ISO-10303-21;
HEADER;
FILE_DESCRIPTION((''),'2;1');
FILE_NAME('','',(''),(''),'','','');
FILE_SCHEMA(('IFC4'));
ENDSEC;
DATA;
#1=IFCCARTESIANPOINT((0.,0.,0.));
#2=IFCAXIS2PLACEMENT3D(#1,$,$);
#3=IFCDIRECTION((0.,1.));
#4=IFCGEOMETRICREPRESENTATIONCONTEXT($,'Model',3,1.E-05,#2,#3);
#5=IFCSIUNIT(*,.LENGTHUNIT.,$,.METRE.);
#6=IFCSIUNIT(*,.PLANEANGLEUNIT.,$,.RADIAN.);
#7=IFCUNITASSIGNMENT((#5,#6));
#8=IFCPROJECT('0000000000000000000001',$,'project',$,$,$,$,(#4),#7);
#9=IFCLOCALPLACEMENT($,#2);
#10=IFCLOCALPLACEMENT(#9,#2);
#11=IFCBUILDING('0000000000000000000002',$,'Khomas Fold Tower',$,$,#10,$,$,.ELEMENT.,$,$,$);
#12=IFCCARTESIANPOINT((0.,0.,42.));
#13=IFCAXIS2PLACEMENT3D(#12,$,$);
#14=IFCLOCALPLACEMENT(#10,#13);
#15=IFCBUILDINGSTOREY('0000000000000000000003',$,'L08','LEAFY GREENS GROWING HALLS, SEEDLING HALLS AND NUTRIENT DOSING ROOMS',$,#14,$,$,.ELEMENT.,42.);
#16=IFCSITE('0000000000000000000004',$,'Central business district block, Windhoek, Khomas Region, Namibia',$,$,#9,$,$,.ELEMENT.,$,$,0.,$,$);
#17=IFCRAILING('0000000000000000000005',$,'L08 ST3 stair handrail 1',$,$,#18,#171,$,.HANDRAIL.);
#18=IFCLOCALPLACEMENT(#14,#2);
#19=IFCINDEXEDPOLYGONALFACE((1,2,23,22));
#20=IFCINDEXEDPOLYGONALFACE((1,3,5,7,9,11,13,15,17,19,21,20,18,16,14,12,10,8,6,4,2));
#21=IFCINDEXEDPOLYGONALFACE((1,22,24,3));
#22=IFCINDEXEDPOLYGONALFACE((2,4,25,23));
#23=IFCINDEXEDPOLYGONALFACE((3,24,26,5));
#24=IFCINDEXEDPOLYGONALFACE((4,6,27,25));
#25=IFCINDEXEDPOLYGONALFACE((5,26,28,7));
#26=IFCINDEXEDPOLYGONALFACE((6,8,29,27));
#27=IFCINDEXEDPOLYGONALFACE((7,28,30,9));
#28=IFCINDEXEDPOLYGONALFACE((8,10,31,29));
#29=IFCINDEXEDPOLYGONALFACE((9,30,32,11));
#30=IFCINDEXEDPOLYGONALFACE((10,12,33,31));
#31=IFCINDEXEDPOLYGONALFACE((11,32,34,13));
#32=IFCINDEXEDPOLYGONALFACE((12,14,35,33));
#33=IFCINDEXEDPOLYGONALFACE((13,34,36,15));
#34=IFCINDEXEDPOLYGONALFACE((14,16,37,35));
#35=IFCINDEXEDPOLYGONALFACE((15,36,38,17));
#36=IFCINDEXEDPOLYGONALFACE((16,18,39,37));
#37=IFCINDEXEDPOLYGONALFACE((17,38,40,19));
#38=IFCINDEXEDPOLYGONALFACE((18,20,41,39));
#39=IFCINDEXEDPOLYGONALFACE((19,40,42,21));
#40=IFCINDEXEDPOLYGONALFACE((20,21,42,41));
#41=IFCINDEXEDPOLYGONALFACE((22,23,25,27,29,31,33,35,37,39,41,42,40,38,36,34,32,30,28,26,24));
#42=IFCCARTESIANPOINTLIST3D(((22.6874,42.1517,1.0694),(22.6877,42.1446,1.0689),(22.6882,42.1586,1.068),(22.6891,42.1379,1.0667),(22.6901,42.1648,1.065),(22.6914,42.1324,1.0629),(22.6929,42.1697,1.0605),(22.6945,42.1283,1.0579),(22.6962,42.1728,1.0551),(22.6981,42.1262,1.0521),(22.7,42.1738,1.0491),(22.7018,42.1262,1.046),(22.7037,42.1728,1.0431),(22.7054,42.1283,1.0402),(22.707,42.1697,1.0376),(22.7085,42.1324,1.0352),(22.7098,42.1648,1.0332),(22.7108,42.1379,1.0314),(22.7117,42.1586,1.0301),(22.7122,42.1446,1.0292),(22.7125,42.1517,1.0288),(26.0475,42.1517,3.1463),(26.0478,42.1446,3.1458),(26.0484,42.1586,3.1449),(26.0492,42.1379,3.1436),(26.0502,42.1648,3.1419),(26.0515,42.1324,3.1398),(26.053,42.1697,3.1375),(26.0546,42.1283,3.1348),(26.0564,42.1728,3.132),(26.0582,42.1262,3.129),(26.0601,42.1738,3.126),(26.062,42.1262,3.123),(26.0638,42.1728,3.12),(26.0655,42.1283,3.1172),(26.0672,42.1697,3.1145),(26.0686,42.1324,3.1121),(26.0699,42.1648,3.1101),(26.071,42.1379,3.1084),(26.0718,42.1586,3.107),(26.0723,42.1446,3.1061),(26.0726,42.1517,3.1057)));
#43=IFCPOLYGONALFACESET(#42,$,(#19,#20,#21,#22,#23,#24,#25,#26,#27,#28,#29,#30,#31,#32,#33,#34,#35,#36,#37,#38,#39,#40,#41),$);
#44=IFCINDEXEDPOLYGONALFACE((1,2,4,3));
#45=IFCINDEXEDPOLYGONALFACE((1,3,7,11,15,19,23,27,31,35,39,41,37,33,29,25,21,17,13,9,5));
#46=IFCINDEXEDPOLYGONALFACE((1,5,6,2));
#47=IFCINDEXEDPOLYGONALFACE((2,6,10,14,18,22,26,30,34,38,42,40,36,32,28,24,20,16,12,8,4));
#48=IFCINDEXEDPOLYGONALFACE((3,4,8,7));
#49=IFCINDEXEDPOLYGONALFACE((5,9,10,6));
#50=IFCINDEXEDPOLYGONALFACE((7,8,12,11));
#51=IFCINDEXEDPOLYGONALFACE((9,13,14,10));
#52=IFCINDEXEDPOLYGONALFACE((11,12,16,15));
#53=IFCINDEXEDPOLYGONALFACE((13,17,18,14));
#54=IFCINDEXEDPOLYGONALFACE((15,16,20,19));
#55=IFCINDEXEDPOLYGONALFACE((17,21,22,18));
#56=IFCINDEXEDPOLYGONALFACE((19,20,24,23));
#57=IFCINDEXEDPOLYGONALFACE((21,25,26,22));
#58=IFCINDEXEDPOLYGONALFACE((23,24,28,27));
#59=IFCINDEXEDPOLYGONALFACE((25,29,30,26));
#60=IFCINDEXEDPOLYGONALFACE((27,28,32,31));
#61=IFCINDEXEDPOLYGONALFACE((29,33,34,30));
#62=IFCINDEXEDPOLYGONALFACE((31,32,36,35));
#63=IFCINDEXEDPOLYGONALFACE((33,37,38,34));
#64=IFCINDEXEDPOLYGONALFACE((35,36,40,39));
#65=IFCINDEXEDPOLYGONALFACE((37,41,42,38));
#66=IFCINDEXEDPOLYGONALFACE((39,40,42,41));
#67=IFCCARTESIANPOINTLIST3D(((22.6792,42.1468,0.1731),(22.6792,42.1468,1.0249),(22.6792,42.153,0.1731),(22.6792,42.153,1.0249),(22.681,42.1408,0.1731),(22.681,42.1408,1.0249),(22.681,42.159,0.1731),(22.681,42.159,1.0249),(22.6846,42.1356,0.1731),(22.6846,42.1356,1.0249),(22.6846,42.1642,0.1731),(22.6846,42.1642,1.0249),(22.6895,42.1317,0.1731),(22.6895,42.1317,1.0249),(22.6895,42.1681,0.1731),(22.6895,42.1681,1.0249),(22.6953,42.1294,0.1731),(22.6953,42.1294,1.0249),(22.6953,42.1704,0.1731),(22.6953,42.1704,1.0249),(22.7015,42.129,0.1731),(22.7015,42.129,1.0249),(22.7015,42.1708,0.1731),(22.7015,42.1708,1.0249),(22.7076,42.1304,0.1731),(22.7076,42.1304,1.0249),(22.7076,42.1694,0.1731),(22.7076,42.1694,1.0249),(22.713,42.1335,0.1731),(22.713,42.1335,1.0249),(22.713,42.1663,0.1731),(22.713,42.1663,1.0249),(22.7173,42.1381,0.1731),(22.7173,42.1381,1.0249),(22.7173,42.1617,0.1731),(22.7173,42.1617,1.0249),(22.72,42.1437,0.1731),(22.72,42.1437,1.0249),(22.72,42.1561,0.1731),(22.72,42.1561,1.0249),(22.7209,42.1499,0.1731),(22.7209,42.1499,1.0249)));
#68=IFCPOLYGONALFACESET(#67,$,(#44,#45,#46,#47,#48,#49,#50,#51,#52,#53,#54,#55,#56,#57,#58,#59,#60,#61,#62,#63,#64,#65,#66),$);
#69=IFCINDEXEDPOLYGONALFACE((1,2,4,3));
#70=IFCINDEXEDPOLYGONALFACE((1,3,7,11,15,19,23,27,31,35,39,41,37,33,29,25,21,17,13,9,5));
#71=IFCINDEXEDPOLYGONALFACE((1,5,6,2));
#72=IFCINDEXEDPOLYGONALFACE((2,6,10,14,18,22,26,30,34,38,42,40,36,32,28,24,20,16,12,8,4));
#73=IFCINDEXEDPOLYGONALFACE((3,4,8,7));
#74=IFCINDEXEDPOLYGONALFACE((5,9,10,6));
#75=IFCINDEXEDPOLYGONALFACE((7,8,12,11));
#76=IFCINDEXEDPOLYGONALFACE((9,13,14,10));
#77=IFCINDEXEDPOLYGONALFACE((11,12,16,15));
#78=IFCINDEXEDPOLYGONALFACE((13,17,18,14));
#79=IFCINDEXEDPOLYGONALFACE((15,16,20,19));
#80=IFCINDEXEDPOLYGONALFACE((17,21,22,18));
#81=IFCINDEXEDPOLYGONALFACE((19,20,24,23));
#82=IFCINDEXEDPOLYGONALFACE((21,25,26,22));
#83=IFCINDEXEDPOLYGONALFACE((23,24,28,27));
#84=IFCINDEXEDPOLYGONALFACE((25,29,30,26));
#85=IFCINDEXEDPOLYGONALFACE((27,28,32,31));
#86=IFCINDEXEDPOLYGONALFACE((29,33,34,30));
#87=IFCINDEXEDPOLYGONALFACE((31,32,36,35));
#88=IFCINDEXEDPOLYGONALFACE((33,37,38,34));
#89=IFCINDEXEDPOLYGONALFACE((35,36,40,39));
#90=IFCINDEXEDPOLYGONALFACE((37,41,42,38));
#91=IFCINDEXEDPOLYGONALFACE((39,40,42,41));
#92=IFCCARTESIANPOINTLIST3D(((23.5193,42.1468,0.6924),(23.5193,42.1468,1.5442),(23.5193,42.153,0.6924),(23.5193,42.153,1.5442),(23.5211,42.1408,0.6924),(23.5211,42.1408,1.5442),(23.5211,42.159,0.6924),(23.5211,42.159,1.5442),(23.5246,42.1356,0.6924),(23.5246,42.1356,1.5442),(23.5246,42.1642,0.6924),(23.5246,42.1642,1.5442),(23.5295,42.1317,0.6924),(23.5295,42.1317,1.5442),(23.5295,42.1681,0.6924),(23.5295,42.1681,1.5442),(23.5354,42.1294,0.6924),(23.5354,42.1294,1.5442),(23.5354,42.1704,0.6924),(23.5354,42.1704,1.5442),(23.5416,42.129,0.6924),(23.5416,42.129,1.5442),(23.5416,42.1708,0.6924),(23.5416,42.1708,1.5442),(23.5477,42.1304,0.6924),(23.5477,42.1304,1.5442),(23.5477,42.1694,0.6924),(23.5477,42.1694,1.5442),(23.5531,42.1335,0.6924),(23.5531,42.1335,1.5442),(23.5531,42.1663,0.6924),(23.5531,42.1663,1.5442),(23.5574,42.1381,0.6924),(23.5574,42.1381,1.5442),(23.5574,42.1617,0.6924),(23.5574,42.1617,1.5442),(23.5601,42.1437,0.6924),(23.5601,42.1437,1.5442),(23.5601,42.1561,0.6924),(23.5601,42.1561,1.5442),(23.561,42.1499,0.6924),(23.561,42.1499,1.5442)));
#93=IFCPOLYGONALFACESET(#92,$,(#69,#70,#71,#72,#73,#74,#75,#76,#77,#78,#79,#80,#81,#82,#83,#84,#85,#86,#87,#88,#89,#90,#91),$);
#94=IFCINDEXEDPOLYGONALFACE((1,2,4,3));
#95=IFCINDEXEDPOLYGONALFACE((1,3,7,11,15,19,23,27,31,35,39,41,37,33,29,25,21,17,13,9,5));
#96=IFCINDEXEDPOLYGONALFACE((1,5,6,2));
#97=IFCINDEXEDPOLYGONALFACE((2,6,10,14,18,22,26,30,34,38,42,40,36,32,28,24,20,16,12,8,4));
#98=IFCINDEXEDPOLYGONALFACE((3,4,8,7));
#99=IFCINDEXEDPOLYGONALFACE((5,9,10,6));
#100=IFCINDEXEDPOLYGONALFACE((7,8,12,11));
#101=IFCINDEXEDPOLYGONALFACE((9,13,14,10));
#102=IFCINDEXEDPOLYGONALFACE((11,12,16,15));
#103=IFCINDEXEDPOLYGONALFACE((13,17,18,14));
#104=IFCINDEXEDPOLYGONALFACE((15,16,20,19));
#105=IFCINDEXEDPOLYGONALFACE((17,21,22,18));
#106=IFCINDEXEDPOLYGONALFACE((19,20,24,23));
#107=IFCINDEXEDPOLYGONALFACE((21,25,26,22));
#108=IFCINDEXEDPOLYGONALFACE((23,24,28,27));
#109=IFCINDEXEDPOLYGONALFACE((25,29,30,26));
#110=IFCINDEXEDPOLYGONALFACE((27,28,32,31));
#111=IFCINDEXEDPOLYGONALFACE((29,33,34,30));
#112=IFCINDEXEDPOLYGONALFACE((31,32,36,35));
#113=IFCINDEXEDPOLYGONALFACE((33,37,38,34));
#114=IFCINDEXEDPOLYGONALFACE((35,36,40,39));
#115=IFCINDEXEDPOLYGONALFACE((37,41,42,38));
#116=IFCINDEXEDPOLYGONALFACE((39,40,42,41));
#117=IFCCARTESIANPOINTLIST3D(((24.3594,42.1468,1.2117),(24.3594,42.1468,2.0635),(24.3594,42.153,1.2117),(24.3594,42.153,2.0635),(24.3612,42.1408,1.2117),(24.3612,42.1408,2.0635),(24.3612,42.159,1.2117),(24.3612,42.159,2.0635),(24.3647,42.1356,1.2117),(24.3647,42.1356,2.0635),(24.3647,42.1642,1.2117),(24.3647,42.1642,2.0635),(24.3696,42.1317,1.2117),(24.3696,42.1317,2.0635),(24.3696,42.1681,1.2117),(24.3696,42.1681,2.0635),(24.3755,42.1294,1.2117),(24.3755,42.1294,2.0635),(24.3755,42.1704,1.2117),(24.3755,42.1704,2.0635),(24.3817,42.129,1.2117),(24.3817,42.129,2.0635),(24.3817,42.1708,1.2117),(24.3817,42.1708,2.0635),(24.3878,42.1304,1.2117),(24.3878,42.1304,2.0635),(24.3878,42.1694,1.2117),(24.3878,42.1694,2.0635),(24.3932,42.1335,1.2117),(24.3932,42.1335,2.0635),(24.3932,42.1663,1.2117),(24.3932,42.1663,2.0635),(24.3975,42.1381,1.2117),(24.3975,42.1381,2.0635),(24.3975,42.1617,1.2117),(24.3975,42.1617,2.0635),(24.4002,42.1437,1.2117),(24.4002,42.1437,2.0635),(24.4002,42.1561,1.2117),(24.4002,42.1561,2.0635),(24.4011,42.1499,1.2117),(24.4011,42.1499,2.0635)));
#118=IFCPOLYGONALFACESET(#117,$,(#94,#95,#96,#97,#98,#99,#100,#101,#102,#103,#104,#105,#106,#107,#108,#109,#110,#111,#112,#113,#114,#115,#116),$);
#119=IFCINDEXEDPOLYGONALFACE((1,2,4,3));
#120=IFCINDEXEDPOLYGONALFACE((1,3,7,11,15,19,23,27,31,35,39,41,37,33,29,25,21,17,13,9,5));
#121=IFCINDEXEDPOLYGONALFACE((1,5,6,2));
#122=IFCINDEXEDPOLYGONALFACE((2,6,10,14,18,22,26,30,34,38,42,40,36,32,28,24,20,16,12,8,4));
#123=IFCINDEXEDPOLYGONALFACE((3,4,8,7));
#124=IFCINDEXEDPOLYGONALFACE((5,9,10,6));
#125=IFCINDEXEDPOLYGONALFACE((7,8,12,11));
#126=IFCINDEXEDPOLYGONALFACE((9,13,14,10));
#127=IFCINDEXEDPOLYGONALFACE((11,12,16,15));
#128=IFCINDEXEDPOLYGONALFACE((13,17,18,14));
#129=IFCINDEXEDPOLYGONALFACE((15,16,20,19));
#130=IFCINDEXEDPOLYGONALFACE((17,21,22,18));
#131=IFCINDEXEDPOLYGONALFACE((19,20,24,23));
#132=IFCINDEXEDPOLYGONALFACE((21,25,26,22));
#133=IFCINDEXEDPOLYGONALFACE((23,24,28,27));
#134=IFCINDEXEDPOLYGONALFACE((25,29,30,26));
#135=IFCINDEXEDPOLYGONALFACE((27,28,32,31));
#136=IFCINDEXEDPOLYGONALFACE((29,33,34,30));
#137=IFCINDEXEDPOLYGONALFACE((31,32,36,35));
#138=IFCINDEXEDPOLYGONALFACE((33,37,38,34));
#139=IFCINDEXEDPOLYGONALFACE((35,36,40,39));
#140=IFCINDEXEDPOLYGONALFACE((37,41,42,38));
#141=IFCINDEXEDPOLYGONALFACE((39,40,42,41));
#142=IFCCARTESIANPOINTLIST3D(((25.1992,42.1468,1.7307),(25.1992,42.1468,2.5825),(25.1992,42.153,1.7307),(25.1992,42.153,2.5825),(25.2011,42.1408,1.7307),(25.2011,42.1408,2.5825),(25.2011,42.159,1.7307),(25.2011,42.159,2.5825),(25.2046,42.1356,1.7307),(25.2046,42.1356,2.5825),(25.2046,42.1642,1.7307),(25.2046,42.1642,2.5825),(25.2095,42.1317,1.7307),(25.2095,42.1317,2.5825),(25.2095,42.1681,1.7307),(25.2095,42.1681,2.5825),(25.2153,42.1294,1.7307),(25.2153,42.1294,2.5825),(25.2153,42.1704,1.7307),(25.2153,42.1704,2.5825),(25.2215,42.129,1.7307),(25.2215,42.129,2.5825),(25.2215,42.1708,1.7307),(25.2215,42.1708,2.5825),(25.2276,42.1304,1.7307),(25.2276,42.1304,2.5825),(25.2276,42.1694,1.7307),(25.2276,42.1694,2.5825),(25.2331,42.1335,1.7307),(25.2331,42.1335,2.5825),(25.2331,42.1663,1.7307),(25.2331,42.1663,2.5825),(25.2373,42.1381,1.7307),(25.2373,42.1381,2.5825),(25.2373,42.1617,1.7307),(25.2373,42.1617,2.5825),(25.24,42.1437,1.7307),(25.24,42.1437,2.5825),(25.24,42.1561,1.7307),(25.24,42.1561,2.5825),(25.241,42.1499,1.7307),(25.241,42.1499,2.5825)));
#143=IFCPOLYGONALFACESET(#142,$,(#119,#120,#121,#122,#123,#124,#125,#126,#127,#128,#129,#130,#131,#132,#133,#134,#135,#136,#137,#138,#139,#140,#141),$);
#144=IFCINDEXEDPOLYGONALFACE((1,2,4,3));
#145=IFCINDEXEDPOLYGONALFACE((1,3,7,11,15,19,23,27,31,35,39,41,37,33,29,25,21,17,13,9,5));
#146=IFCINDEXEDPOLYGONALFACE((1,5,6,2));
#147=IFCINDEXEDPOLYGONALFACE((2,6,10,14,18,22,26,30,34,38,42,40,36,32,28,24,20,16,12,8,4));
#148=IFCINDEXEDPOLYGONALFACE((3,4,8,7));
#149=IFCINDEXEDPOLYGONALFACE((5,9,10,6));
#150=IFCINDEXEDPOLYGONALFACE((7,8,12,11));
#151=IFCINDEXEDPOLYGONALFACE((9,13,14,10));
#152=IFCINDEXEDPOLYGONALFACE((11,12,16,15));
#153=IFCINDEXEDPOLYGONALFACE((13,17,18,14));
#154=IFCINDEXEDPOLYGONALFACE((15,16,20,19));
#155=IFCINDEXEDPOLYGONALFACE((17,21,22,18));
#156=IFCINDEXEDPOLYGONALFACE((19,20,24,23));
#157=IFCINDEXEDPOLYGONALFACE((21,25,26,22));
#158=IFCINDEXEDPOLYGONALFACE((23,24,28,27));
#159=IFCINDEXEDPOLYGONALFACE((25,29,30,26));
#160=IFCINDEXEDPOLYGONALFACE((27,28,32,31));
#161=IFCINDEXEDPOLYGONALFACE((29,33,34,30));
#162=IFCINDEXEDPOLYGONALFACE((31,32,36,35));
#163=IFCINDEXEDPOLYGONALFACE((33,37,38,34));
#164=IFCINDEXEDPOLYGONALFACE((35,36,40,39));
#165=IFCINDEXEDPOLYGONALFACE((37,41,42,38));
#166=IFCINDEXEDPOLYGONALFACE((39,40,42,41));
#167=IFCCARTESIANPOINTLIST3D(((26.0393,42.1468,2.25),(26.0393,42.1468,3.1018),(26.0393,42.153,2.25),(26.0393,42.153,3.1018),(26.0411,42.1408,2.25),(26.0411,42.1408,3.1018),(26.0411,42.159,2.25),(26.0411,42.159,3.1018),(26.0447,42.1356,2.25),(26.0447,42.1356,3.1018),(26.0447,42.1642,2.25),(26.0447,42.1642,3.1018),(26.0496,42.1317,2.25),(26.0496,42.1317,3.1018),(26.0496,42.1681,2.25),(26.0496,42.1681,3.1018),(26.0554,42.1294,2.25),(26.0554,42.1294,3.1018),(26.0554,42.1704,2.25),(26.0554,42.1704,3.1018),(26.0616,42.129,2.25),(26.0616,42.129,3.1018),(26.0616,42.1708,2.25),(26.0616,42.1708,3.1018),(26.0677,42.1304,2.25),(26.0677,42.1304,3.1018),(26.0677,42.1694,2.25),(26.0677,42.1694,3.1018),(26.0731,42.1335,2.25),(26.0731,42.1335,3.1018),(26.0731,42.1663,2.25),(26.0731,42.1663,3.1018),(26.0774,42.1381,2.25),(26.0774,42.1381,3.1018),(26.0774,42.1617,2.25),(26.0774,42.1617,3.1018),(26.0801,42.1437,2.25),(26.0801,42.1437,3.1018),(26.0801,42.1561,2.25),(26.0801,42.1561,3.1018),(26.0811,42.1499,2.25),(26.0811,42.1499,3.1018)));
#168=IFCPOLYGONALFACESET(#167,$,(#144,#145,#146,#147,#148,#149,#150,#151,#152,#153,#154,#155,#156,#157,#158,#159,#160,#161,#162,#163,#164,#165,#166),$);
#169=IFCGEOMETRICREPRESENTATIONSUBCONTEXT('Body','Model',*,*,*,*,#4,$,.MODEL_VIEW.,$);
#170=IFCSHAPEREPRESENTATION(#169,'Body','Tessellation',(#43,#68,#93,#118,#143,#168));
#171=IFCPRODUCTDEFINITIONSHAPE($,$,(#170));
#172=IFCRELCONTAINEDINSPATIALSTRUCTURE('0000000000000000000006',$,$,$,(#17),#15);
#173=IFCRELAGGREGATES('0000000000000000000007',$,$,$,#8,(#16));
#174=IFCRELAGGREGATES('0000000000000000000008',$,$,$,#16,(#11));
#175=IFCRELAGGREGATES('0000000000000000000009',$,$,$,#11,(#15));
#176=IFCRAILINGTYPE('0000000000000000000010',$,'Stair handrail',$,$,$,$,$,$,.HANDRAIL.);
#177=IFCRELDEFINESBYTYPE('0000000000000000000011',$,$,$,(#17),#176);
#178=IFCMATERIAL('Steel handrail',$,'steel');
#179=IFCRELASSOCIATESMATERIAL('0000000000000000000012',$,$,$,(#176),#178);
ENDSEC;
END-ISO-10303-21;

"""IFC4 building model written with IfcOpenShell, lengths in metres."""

from ifc_helpers import new_model, si_unit, direction, frame, origin, origin_2d, place, context, subcontext, project, spatial, circle, extrude, source, transform, mapped, material, type_object, element, save


model = new_model("IFC4")

# Units and contexts
model_context = context("Model", 3, precision=1e-05, world=origin(), true_north=direction((0.0, 1.0)))
body_context = subcontext(model_context, "Body", "Model", "MODEL_VIEW")
ifc_project = project(units=[si_unit("LENGTHUNIT", "METRE"), si_unit("PLANEANGLEUNIT", "RADIAN")], contexts=[model_context])

# Site, building, storey
site_placement = place(None, origin())
site = spatial("IfcSite", under=ifc_project, at=site_placement, Name="Central business district block, Windhoek, Khomas Region, Namibia", CompositionType="ELEMENT", RefElevation=0.0)
building_placement = place(site_placement, origin())
building = spatial("IfcBuilding", under=site, at=building_placement, Name="Khomas Fold Tower", CompositionType="ELEMENT")
storey_placement = place(building_placement, frame((0.0, 0.0, 42.0)))
storey = spatial("IfcBuildingStorey", under=building, at=storey_placement, Name="L08", Description="LEAFY GREENS GROWING HALLS, SEEDLING HALLS AND NUTRIENT DOSING ROOMS", CompositionType="ELEMENT", Elevation=42.0)

# Railing
ifc_material_1 = material(Name="Steel handrail", Category="steel")
railing_type = type_object("IfcRailingType", Name="Stair handrail", PredefinedType="HANDRAIL", material=ifc_material_1)
shared_shape_1 = source(origin(), body_context, "Body", "SweptSolid", [
    extrude(circle(Radius=0.0239, at=origin_2d()), frame((0.0, 0.0, 0.876), z_axis=(0.850623, 0.0, 0.525776), x_axis=(0.0, 1.0, 0.0)), (0.0, 0.0, 1.0), 3.9502),
    extrude(circle(Radius=0.021, at=origin_2d()), origin(), (0.0, 0.0, 1.0), 0.8518),
    extrude(circle(Radius=0.021, at=origin_2d()), frame((0.8401, 0.0, 0.5193)), (0.0, 0.0, 1.0), 0.8518),
    extrude(circle(Radius=0.021, at=origin_2d()), frame((1.6802, 0.0, 1.0386)), (0.0, 0.0, 1.0), 0.8518),
    extrude(circle(Radius=0.021, at=origin_2d()), frame((2.52, 0.0, 1.5576)), (0.0, 0.0, 1.0), 0.8518),
    extrude(circle(Radius=0.021, at=origin_2d()), frame((3.3601, 0.0, 2.0769)), (0.0, 0.0, 1.0), 0.8518),
])
railing_placement = place(storey_placement, frame((22.7, 42.1499, 0.1731)))
element("IfcRailing", 1, at=railing_placement, inside=storey, type_object=railing_type, Name="L08 ST3 stair handrail 1", PredefinedType="HANDRAIL", context=body_context, shape_type="MappedRepresentation", body=[
    mapped(shared_shape_1, transform((0.0, 0.0, 0.0))),
])

save(model, "model.ifc")
